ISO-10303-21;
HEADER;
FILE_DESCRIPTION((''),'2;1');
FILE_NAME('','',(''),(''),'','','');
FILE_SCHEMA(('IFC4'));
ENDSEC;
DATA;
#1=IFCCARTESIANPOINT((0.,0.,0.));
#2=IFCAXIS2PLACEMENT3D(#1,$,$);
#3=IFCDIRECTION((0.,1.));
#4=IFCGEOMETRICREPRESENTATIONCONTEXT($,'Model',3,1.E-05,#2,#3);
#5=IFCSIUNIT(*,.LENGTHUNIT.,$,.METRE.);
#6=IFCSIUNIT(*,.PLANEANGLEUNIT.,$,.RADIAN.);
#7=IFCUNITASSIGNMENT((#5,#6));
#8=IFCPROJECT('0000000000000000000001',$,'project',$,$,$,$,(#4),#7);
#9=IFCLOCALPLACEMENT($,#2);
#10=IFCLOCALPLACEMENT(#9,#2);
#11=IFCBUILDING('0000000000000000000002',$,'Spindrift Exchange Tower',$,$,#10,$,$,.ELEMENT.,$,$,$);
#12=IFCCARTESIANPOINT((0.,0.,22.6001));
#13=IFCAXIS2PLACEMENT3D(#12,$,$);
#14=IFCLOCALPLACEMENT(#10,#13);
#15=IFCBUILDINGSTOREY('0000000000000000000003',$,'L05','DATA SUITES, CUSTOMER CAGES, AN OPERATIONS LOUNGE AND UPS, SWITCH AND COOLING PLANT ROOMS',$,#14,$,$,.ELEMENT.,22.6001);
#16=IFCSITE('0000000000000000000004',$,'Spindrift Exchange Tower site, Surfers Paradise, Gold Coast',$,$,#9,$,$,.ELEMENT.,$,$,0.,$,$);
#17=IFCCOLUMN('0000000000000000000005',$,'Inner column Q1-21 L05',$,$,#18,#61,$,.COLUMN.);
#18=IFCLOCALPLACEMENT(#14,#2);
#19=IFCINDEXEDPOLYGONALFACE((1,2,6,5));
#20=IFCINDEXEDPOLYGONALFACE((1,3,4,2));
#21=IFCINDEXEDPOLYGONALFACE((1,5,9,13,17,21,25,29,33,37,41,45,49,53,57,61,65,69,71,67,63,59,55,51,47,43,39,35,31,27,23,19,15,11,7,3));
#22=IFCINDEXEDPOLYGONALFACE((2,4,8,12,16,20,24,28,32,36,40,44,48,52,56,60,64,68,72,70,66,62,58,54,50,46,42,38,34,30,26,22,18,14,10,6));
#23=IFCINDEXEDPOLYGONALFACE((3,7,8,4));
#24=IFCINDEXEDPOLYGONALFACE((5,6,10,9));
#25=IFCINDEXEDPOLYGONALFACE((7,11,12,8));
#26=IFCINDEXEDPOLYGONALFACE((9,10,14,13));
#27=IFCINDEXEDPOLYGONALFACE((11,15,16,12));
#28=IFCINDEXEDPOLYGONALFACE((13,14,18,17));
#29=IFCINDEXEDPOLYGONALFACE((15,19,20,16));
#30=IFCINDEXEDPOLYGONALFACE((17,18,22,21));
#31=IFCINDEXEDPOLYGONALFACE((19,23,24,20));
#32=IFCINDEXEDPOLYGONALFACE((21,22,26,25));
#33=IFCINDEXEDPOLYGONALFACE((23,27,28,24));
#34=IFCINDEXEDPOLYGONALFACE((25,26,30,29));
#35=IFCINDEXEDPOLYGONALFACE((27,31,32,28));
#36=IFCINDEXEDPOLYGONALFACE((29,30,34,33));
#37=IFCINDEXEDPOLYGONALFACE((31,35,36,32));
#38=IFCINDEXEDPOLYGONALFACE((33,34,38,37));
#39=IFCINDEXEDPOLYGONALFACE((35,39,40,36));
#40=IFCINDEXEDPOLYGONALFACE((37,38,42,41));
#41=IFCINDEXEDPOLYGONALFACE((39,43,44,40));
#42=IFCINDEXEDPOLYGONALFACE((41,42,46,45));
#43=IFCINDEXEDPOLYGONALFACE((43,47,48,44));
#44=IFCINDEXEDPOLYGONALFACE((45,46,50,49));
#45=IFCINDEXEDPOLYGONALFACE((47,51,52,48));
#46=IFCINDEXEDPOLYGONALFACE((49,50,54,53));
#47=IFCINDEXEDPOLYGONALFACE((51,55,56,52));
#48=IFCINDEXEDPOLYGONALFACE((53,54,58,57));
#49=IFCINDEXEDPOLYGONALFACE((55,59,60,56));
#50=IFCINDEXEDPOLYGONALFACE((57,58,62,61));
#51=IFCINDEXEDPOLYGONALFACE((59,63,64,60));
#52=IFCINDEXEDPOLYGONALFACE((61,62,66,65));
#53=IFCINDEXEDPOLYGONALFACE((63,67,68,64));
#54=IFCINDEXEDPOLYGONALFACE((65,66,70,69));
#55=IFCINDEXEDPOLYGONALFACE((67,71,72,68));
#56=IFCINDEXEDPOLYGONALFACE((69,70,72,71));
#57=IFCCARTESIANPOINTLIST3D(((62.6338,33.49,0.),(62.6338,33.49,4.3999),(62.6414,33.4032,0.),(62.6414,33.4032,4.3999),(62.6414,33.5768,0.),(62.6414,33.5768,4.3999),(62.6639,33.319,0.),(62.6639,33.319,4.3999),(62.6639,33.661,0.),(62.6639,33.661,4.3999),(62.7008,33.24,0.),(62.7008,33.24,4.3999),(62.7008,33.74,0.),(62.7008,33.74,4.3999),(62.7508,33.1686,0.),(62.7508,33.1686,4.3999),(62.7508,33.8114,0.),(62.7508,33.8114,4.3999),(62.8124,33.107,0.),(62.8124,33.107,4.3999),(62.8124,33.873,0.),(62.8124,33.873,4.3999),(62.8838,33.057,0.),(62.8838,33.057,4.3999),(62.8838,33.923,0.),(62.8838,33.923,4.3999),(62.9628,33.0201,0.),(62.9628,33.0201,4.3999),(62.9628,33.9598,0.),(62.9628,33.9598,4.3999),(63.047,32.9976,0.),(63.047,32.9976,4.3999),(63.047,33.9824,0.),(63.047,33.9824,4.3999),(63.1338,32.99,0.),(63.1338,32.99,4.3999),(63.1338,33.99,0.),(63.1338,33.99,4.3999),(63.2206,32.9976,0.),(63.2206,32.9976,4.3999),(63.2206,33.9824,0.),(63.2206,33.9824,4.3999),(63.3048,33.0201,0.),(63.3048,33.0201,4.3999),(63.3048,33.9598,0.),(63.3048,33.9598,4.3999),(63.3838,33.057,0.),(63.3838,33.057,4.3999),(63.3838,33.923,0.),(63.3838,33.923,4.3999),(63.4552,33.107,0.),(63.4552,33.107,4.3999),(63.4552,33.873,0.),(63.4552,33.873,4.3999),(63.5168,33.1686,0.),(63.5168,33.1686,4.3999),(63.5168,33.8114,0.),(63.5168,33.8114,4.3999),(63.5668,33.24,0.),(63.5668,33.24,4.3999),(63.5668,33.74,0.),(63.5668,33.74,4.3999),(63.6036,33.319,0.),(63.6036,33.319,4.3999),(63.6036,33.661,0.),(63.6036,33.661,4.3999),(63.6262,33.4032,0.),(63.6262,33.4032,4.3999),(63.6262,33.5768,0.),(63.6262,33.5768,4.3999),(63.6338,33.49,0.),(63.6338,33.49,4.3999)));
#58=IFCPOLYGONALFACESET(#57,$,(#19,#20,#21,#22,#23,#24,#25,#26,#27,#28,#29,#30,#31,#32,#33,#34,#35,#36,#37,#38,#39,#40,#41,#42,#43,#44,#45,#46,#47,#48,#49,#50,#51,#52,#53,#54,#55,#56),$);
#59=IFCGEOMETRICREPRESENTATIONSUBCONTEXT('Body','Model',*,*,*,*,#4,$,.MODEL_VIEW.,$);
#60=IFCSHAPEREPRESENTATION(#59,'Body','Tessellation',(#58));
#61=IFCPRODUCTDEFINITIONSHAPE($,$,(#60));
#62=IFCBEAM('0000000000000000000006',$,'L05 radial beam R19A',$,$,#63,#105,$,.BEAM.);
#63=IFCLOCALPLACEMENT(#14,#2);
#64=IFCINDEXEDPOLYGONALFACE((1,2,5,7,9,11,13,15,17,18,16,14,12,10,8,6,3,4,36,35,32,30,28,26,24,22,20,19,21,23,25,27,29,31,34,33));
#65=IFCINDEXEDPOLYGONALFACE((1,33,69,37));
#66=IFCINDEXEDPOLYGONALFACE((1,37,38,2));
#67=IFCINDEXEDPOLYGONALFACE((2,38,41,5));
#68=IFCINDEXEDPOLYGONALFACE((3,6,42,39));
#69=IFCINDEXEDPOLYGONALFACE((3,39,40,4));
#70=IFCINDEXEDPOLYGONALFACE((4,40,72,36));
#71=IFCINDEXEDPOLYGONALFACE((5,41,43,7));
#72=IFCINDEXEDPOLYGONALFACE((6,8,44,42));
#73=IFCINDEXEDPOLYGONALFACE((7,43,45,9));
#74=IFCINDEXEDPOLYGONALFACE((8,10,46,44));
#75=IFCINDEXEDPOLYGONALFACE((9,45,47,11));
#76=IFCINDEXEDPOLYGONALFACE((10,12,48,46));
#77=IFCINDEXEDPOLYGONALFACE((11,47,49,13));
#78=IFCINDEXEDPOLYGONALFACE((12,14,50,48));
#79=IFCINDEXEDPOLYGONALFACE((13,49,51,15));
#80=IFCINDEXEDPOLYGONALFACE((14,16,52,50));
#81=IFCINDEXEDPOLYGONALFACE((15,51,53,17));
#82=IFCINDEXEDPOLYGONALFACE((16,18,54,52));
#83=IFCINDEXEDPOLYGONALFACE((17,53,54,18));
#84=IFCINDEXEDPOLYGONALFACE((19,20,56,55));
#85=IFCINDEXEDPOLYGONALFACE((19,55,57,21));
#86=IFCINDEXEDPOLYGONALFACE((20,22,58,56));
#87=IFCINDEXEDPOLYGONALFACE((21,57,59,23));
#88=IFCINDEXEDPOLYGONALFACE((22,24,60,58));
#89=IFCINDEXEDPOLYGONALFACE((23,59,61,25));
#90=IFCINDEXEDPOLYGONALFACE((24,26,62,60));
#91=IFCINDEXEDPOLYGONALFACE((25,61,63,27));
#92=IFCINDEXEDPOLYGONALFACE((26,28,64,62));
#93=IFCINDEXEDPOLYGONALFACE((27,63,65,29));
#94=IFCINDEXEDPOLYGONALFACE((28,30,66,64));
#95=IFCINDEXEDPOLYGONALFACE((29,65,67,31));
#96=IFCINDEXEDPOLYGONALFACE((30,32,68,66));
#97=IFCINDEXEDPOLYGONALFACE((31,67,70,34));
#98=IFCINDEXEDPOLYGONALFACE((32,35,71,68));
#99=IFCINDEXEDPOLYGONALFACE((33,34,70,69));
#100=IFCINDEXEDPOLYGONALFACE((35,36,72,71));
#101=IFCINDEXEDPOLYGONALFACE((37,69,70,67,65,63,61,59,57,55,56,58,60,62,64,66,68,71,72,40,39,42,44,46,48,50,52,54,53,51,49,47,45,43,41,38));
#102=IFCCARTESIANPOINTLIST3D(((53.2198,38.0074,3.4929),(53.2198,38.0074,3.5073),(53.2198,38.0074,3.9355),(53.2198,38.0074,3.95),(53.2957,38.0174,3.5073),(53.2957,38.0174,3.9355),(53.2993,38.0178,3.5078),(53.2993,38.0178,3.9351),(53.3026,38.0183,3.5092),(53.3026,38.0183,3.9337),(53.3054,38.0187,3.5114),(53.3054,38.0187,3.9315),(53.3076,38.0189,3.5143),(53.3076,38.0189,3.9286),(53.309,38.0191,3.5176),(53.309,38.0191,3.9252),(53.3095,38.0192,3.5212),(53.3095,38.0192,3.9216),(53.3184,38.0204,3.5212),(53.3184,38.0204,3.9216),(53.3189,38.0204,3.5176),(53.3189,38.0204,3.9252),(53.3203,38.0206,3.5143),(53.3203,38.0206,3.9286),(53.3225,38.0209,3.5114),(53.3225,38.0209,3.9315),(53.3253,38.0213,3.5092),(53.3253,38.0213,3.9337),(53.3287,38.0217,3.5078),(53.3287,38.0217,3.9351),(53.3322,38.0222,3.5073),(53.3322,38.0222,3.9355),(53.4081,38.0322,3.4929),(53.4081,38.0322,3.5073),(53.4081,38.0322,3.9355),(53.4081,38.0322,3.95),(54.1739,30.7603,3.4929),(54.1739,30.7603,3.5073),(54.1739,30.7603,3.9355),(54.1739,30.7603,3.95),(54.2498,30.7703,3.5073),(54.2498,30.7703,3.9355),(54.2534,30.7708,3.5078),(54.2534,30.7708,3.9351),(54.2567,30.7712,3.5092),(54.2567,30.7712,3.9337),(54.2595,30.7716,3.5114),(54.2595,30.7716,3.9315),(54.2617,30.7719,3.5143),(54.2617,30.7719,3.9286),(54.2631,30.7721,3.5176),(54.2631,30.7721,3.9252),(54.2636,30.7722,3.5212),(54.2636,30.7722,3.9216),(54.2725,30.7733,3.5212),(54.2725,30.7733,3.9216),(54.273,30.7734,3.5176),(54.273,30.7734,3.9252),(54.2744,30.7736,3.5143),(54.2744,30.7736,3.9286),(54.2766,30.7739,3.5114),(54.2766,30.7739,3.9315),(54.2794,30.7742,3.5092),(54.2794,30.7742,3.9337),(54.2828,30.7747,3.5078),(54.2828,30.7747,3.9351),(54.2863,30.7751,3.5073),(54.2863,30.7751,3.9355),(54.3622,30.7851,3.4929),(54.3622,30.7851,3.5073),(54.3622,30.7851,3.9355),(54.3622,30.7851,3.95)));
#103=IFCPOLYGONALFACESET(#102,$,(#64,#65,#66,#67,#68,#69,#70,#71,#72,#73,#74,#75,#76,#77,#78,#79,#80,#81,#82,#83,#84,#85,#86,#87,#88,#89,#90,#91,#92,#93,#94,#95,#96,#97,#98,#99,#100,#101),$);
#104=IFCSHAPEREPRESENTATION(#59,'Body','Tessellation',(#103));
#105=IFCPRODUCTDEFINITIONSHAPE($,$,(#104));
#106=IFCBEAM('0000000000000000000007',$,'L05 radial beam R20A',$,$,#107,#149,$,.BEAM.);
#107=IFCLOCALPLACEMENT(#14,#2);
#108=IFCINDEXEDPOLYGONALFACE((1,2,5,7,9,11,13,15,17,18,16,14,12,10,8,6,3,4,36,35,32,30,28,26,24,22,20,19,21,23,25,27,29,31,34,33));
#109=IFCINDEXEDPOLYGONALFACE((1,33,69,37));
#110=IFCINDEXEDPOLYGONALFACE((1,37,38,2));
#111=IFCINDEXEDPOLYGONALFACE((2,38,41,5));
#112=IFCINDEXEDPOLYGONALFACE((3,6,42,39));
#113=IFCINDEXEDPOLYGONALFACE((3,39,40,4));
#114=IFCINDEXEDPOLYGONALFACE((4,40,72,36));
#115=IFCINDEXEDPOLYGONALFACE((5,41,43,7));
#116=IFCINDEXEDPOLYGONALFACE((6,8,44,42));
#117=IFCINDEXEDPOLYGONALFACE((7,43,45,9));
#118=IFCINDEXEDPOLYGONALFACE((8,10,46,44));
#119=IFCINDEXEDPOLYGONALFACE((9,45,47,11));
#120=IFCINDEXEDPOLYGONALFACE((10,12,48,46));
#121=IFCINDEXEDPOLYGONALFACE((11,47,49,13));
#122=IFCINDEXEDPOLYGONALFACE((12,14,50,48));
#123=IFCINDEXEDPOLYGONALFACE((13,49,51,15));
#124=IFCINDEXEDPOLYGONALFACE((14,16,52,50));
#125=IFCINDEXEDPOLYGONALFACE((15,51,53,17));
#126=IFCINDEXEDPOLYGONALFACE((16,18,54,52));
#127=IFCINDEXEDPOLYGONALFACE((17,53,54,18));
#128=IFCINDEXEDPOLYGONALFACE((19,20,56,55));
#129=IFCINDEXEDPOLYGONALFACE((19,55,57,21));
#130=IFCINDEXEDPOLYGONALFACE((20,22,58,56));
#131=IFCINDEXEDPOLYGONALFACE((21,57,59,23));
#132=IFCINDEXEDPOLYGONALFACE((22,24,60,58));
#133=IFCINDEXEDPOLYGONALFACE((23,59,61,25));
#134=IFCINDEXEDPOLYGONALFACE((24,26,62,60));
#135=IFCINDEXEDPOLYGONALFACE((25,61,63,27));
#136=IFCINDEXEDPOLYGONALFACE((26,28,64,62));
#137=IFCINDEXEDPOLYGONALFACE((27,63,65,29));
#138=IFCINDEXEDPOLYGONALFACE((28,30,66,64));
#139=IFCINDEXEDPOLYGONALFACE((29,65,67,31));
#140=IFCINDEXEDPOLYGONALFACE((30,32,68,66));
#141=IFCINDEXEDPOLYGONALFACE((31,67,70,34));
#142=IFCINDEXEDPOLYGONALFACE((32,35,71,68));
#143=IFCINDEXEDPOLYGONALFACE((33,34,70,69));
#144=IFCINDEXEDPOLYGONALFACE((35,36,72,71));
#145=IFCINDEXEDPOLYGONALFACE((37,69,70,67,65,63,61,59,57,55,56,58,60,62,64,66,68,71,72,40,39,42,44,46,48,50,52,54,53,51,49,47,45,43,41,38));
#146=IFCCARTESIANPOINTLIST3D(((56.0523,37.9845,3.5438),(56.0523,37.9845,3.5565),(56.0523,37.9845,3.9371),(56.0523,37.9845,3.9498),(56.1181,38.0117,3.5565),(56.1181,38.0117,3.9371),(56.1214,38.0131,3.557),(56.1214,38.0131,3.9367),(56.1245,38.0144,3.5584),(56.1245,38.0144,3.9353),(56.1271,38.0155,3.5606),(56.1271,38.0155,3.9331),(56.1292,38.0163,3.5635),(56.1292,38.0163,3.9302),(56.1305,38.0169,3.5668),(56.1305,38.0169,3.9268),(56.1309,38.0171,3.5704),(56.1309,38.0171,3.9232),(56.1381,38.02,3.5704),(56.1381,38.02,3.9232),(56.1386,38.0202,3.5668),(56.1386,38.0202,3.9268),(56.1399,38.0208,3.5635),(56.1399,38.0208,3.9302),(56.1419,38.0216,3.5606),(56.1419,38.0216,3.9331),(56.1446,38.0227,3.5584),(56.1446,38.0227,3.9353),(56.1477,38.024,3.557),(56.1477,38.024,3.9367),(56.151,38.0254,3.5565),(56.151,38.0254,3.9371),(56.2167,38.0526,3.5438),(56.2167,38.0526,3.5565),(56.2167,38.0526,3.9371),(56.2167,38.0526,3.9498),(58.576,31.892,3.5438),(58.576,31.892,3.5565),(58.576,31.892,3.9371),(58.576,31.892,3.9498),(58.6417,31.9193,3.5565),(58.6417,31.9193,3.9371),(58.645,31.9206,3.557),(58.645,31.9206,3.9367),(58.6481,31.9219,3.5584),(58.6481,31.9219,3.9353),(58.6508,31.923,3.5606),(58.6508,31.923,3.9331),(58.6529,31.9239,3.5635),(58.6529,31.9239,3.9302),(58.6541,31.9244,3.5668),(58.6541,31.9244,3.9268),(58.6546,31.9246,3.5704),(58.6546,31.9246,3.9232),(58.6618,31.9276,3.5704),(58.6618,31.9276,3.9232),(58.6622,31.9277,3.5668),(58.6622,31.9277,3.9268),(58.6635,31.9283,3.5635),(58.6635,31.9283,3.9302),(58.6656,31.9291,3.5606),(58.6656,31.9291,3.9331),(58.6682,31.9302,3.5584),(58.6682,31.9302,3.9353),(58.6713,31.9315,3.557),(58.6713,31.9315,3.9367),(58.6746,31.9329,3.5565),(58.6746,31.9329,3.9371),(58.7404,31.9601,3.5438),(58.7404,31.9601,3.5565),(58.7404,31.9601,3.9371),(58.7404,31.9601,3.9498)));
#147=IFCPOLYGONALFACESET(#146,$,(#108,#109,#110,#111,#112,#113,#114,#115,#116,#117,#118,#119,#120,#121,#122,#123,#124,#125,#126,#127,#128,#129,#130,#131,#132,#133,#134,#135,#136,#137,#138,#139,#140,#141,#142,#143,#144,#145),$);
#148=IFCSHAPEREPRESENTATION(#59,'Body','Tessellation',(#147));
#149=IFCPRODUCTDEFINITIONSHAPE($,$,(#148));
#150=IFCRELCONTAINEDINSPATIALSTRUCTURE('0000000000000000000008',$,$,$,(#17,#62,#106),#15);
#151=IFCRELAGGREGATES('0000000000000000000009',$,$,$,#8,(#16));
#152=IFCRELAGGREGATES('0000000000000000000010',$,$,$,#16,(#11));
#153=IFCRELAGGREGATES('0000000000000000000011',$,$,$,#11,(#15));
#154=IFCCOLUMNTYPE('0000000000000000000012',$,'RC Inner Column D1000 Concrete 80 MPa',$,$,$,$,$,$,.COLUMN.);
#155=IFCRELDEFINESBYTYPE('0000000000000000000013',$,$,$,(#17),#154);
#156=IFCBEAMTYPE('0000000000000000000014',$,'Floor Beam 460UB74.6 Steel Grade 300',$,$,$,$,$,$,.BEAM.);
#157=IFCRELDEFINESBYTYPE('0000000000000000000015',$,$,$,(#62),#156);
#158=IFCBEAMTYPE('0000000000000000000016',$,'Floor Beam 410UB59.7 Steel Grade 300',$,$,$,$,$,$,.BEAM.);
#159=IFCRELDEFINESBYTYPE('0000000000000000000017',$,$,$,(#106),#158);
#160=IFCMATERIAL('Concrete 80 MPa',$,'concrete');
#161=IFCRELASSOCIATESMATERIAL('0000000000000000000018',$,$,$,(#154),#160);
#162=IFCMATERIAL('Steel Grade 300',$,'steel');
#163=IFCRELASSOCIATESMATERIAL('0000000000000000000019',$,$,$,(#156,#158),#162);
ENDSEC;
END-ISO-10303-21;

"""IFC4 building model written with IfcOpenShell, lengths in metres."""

from ifc_helpers import new_model, si_unit, direction, frame, origin, origin_2d, place, context, subcontext, project, spatial, circle, i_section, extrude, source, transform, mapped, material, material_profile, profile_set, type_object, element, save


model = new_model("IFC4")

# Units and contexts
model_context = context("Model", 3, precision=1e-05, world=origin(), true_north=direction((0.0, 1.0)))
body_context = subcontext(model_context, "Body", "Model", "MODEL_VIEW")
ifc_project = project(units=[si_unit("LENGTHUNIT", "METRE"), si_unit("PLANEANGLEUNIT", "RADIAN")], contexts=[model_context])

# Site, building, storey
site_placement = place(None, origin())
site = spatial("IfcSite", under=ifc_project, at=site_placement, Name="Spindrift Exchange Tower site, Surfers Paradise, Gold Coast", CompositionType="ELEMENT", RefElevation=0.0)
building_placement = place(site_placement, origin())
building = spatial("IfcBuilding", under=site, at=building_placement, Name="Spindrift Exchange Tower", CompositionType="ELEMENT")
storey_placement = place(building_placement, frame((0.0, 0.0, 22.6001)))
storey = spatial("IfcBuildingStorey", under=building, at=storey_placement, Name="L05", Description="DATA SUITES, CUSTOMER CAGES, AN OPERATIONS LOUNGE AND UPS, SWITCH AND COOLING PLANT ROOMS", CompositionType="ELEMENT", Elevation=22.6001)

# Column
ifc_material_1 = material(Name="Concrete 80 MPa", Category="concrete")
ifc_material_profile_1 = material_profile(ifc_material_1, circle(Radius=0.5, at=origin_2d()), Name="RC D1000")
ifc_profile_set_1 = profile_set([ifc_material_profile_1], Name="Concrete 80 MPa")
column_type = type_object("IfcColumnType", Name="RC Inner Column D1000 Concrete 80 MPa", PredefinedType="COLUMN", material=ifc_profile_set_1)
shared_shape_1 = source(origin(), body_context, "Body", "SweptSolid", [
    extrude(circle(Radius=0.5, at=origin_2d()), origin(), (0.0, 0.0, 1.0), 4.3999),
])
column_placement = place(storey_placement, frame((63.1338, 33.49, 0.0), z_axis=(0.0, 0.0, 1.0), x_axis=(1.0, 0.0, 0.0)))
element("IfcColumn", 1, at=column_placement, inside=storey, type_object=column_type, Name="Inner column Q1-21 L05", PredefinedType="COLUMN", context=body_context, shape_type="MappedRepresentation", body=[
    mapped(shared_shape_1, transform((0.0, 0.0, 0.0), scale=1.0)),
])

# Beams
ifc_material_2 = material(Name="Steel Grade 300", Category="steel")
ifc_material_profile_2 = material_profile(ifc_material_2, i_section(OverallWidth=0.1899, OverallDepth=0.457, WebThickness=0.009, FlangeThickness=0.0144, FilletRadius=0.0139, at=origin_2d()), Name="460UB74.6")
ifc_profile_set_2 = profile_set([ifc_material_profile_2], Name="Steel Grade 300")
beam_type_1 = type_object("IfcBeamType", Name="Floor Beam 460UB74.6 Steel Grade 300", PredefinedType="BEAM", material=ifc_profile_set_2)
shared_shape_2 = source(origin(), body_context, "Body", "SweptSolid", [
    extrude(i_section(OverallWidth=0.1899, OverallDepth=0.457, WebThickness=0.009, FlangeThickness=0.0144, FilletRadius=0.0139, at=origin_2d()), origin(), (0.0, 0.0, 1.0), 7.3096),
])
beam_1_placement = place(storey_placement, frame((53.314, 38.0198, 3.7214), z_axis=(0.130527, -0.991445, 0.0), x_axis=(0.991445, 0.130527, 0.0)))
element("IfcBeam", 2, at=beam_1_placement, inside=storey, type_object=beam_type_1, Name="L05 radial beam R19A", PredefinedType="BEAM", context=body_context, shape_type="MappedRepresentation", body=[
    mapped(shared_shape_2, transform((0.0, 0.0, 0.0), scale=1.0)),
])
ifc_material_profile_3 = material_profile(ifc_material_2, i_section(OverallWidth=0.178, OverallDepth=0.406, WebThickness=0.0078, FlangeThickness=0.0127, FilletRadius=0.0139, at=origin_2d()), Name="410UB59.7")
ifc_profile_set_3 = profile_set([ifc_material_profile_3], Name="Steel Grade 300")
beam_type_2 = type_object("IfcBeamType", Name="Floor Beam 410UB59.7 Steel Grade 300", PredefinedType="BEAM", material=ifc_profile_set_3)
shared_shape_3 = source(origin(), body_context, "Body", "SweptSolid", [
    extrude(i_section(OverallWidth=0.178, OverallDepth=0.406, WebThickness=0.0078, FlangeThickness=0.0127, FilletRadius=0.0139, at=origin_2d()), origin(), (0.0, 0.0, 1.0), 6.5945),
])
beam_2_placement = place(storey_placement, frame((56.1345, 38.0186, 3.7468), z_axis=(0.382693, -0.923876, 0.0), x_axis=(0.923876, 0.382693, 0.0)))
element("IfcBeam", 3, at=beam_2_placement, inside=storey, type_object=beam_type_2, Name="L05 radial beam R20A", PredefinedType="BEAM", context=body_context, shape_type="MappedRepresentation", body=[
    mapped(shared_shape_3, transform((0.0, 0.0, 0.0), scale=1.0)),
])

save(model, "model.ifc")
